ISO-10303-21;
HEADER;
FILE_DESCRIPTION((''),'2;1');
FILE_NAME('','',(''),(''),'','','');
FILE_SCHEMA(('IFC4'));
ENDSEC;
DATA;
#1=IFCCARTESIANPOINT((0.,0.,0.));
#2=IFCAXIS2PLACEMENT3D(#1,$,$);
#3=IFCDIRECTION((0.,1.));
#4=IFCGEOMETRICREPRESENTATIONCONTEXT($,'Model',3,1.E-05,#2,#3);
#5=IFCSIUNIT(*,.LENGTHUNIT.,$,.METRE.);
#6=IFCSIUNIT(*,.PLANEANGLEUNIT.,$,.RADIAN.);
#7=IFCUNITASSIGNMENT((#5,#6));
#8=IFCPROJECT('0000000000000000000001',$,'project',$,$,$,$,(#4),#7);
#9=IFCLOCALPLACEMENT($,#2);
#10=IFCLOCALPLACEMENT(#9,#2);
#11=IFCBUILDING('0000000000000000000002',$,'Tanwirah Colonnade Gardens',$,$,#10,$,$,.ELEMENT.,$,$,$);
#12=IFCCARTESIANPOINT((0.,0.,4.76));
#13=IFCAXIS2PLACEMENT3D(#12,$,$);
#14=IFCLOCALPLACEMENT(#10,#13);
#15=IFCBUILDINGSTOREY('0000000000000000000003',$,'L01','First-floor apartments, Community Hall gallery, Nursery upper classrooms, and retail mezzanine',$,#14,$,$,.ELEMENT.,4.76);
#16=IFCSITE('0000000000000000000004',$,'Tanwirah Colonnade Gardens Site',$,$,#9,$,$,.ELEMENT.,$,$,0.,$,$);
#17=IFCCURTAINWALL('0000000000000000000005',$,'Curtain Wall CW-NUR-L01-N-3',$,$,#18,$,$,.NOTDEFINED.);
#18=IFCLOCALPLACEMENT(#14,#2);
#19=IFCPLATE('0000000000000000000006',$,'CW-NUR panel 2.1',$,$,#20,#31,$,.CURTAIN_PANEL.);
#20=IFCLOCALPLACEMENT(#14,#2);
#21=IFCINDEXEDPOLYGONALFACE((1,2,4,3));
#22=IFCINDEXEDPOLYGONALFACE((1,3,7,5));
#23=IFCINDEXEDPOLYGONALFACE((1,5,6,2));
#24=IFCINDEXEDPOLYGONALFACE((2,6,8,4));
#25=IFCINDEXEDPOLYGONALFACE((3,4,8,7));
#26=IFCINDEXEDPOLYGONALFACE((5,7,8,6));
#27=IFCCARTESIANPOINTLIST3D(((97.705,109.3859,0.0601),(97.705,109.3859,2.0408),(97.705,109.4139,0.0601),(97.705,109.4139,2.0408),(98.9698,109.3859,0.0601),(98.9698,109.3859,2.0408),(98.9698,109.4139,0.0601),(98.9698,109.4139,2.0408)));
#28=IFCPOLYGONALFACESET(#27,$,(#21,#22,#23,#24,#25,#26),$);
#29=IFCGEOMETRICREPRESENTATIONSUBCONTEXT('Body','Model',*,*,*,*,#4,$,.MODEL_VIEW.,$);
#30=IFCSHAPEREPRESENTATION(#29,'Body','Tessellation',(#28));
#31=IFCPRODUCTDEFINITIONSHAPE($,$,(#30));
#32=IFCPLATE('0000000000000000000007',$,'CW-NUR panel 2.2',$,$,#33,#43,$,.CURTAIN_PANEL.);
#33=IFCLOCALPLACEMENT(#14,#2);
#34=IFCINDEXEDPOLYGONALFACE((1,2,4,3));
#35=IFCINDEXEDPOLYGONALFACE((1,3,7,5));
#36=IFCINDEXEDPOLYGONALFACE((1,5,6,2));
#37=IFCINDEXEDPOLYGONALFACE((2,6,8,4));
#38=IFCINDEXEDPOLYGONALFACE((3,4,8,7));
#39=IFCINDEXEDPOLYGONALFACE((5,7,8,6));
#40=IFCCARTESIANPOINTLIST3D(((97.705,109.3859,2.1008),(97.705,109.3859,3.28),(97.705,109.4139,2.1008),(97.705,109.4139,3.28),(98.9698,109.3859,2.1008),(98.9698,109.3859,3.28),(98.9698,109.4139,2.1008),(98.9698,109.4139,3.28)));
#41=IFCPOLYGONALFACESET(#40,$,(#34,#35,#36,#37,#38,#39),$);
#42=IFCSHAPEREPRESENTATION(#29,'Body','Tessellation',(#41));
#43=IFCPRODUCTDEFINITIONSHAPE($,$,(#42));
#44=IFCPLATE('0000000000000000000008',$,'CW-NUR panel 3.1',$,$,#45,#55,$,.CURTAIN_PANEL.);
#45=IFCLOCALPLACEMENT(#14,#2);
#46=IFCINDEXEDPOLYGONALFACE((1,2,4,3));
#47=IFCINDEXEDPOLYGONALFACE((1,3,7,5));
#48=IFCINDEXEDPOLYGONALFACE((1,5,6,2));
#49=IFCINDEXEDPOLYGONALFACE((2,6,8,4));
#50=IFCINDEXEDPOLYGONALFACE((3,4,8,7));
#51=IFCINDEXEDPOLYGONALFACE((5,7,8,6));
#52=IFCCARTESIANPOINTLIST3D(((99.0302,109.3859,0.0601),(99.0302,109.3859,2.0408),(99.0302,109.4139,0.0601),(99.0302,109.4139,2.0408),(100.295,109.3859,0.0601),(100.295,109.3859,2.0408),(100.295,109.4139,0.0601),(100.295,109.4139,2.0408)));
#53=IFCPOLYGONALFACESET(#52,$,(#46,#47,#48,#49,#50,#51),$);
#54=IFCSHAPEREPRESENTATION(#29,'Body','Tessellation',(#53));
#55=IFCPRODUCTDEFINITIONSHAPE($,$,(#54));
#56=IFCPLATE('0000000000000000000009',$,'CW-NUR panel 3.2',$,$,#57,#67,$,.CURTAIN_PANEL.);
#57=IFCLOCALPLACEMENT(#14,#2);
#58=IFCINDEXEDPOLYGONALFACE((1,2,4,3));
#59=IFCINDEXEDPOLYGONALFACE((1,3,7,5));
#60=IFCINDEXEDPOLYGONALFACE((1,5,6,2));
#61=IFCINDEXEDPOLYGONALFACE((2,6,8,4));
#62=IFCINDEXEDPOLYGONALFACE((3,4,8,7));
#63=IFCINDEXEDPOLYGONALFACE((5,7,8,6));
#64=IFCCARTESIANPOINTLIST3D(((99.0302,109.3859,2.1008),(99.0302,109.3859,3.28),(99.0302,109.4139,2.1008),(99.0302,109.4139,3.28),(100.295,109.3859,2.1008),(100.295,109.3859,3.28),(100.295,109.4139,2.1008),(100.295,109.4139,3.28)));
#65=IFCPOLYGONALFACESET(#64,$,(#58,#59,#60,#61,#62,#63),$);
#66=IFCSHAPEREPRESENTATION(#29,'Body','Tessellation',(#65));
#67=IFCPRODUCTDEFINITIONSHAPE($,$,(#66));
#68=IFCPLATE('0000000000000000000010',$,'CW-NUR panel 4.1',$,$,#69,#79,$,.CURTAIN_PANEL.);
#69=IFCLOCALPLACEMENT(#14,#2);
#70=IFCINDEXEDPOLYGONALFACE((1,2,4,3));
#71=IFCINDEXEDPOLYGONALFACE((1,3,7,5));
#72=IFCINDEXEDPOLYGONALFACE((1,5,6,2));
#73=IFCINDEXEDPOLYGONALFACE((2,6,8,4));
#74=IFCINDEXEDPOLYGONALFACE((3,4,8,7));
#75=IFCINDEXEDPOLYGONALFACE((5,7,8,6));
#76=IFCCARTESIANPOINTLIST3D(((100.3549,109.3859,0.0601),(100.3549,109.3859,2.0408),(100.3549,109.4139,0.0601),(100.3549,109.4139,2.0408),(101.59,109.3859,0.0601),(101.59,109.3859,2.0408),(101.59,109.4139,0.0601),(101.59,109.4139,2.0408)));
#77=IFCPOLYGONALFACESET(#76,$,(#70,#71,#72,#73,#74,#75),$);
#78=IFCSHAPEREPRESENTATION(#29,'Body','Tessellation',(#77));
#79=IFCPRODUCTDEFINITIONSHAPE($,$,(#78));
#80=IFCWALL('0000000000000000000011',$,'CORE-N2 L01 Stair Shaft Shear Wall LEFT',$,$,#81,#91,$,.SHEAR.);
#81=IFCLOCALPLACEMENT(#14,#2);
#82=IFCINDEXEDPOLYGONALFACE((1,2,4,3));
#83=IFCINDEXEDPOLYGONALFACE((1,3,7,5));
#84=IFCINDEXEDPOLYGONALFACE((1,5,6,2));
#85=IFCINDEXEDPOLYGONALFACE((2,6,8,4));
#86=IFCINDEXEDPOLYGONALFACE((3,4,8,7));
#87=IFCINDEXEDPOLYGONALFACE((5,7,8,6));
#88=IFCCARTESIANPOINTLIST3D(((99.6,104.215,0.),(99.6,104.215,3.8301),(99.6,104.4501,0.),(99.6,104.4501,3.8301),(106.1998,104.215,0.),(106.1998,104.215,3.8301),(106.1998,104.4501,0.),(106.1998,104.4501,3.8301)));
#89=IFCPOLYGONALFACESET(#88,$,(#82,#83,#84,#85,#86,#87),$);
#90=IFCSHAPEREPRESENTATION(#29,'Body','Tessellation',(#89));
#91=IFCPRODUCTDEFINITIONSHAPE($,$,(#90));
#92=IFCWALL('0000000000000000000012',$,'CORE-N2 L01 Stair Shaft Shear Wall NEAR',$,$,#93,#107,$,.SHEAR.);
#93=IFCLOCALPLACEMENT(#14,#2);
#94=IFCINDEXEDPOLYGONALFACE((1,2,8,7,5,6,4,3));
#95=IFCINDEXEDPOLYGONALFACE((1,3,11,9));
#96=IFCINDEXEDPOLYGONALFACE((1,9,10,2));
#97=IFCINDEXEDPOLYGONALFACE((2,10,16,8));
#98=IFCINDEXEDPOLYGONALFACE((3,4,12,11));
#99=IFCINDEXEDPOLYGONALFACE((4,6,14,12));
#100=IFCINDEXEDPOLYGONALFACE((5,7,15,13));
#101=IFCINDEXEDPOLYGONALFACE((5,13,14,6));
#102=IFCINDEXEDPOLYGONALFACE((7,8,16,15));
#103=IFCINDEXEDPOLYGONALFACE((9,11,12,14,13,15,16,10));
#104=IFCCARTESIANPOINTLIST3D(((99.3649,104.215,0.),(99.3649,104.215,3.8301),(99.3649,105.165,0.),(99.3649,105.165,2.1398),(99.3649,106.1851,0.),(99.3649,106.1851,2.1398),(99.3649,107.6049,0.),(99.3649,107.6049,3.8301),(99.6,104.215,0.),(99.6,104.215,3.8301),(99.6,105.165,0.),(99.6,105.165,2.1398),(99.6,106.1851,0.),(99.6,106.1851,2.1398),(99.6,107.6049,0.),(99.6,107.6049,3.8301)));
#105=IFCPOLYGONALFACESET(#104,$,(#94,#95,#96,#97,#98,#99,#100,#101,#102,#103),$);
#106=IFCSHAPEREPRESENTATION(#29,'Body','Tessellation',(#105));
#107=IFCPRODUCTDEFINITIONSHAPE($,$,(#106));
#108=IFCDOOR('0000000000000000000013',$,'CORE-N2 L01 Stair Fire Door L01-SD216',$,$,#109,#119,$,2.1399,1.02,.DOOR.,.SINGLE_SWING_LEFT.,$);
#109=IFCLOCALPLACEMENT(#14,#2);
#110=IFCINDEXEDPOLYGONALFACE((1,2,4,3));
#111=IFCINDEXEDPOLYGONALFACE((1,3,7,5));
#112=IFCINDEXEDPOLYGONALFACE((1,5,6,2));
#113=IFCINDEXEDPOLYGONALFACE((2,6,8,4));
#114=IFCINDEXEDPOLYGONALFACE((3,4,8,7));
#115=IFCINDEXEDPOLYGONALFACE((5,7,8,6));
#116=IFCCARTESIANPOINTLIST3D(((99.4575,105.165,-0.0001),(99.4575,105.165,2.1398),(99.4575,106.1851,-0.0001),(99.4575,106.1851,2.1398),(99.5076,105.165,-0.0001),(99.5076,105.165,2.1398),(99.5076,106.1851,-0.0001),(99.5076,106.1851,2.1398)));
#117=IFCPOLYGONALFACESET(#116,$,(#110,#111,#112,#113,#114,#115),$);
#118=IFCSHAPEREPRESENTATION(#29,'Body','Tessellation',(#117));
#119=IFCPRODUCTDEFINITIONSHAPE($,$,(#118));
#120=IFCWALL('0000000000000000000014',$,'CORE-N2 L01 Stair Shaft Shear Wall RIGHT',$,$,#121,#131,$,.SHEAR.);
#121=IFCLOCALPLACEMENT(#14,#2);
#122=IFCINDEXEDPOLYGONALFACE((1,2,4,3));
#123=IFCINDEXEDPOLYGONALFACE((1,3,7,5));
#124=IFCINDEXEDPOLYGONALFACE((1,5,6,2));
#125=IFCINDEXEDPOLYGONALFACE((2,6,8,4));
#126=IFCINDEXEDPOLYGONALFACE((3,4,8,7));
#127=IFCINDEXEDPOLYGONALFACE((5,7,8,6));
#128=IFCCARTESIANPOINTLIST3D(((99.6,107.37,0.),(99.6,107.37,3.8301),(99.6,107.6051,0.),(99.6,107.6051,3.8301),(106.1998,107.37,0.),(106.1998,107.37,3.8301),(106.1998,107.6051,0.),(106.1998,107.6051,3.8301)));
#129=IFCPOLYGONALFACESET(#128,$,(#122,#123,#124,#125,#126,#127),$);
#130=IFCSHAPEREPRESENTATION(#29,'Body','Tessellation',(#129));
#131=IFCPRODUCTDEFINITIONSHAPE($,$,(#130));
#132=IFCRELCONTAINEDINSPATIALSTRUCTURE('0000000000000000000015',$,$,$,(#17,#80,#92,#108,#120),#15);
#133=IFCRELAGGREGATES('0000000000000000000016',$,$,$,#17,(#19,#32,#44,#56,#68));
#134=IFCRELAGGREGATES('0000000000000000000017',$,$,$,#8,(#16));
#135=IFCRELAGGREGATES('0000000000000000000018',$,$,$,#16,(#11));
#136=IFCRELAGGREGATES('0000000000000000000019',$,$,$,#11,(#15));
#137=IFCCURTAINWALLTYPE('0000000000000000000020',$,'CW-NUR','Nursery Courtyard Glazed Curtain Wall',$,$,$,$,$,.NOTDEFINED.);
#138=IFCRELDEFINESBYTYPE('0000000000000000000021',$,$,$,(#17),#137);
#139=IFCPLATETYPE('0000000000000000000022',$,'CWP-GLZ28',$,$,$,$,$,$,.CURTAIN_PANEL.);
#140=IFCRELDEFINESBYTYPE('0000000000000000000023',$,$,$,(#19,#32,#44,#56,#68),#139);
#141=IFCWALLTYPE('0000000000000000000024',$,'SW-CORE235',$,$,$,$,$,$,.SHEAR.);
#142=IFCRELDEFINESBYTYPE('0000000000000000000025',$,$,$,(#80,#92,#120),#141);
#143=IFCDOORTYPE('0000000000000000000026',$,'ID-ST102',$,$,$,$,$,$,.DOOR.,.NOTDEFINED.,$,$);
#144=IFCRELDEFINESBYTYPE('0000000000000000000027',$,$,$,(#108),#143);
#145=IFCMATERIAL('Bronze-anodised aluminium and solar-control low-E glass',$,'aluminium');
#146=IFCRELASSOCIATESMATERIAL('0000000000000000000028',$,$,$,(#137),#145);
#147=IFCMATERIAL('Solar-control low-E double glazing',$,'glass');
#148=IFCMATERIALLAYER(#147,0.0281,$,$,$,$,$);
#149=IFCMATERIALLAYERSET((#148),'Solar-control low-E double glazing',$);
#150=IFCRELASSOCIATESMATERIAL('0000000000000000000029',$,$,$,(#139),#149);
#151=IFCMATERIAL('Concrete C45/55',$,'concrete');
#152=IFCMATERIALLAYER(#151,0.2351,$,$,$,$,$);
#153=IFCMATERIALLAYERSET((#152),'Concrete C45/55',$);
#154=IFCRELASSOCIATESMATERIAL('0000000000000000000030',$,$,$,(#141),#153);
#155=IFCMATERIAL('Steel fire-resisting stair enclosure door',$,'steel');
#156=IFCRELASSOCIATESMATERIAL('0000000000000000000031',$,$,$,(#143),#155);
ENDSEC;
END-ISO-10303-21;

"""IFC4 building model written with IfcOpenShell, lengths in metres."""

from ifc_helpers import new_model, si_unit, direction, frame, frame_2d, origin, origin_2d, place, context, subcontext, project, spatial, rectangle, extrude, material, layer, layer_set, type_object, element, fill, aggregate, save


model = new_model("IFC4")

# Units and contexts
model_context = context("Model", 3, precision=1e-05, world=origin(), true_north=direction((0.0, 1.0)))
body_context = subcontext(model_context, "Body", "Model", "MODEL_VIEW")
ifc_project = project(units=[si_unit("LENGTHUNIT", "METRE"), si_unit("PLANEANGLEUNIT", "RADIAN")], contexts=[model_context])

# Site, building, storey
site_placement = place(None, origin())
site = spatial("IfcSite", under=ifc_project, at=site_placement, Name="Tanwirah Colonnade Gardens Site", CompositionType="ELEMENT", RefElevation=0.0)
building_placement = place(site_placement, origin())
building = spatial("IfcBuilding", under=site, at=building_placement, Name="Tanwirah Colonnade Gardens", CompositionType="ELEMENT")
storey_placement = place(building_placement, frame((0.0, 0.0, 4.76)))
storey = spatial("IfcBuildingStorey", under=building, at=storey_placement, Name="L01", Description="First-floor apartments, Community Hall gallery, Nursery upper classrooms, and retail mezzanine", CompositionType="ELEMENT", Elevation=4.76)

# Curtain wall, plates
ifc_material_1 = material(Name="Bronze-anodised aluminium and solar-control low-E glass", Category="aluminium")
curtain_wall_type = type_object("IfcCurtainWallType", Name="CW-NUR", Description="Nursery Courtyard Glazed Curtain Wall", PredefinedType="NOTDEFINED", material=ifc_material_1)
curtain_wall_placement = place(storey_placement, origin())
curtain_wall = element("IfcCurtainWall", 1, at=curtain_wall_placement, inside=storey, type_object=curtain_wall_type, Name="Curtain Wall CW-NUR-L01-N-3", PredefinedType="NOTDEFINED")
ifc_material_2 = material(Name="Solar-control low-E double glazing", Category="glass")
ifc_layer_1 = layer(ifc_material_2, 0.0281)
ifc_layer_set_1 = layer_set([ifc_layer_1], Name="Solar-control low-E double glazing")
plate_type = type_object("IfcPlateType", Name="CWP-GLZ28", PredefinedType="CURTAIN_PANEL", material=ifc_layer_set_1)
plate_1_placement = place(storey_placement, frame((98.3374, 109.3999, 0.0601), z_axis=(0.0, 0.0, 1.0), x_axis=(1.0, 0.0, 0.0)))
plate_1 = element("IfcPlate", 2, at=plate_1_placement, type_object=plate_type, Name="CW-NUR panel 2.1", PredefinedType="CURTAIN_PANEL", context=body_context, shape_type="SweptSolid", body=[
    extrude(rectangle(XDim=1.2649, YDim=0.0281, at=origin_2d()), origin(), (0.0, 0.0, 1.0), 1.9807),
])
plate_2_placement = place(storey_placement, frame((98.3374, 109.3999, 2.1008), z_axis=(0.0, 0.0, 1.0), x_axis=(1.0, 0.0, 0.0)))
plate_2 = element("IfcPlate", 3, at=plate_2_placement, type_object=plate_type, Name="CW-NUR panel 2.2", PredefinedType="CURTAIN_PANEL", context=body_context, shape_type="SweptSolid", body=[
    extrude(rectangle(XDim=1.2649, YDim=0.0281, at=origin_2d()), origin(), (0.0, 0.0, 1.0), 1.1792),
])
plate_3_placement = place(storey_placement, frame((99.6626, 109.3999, 0.0601), z_axis=(0.0, 0.0, 1.0), x_axis=(1.0, 0.0, 0.0)))
plate_3 = element("IfcPlate", 4, at=plate_3_placement, type_object=plate_type, Name="CW-NUR panel 3.1", PredefinedType="CURTAIN_PANEL", context=body_context, shape_type="SweptSolid", body=[
    extrude(rectangle(XDim=1.2649, YDim=0.0281, at=origin_2d()), origin(), (0.0, 0.0, 1.0), 1.9807),
])
plate_4_placement = place(storey_placement, frame((99.6626, 109.3999, 2.1008), z_axis=(0.0, 0.0, 1.0), x_axis=(1.0, 0.0, 0.0)))
plate_4 = element("IfcPlate", 5, at=plate_4_placement, type_object=plate_type, Name="CW-NUR panel 3.2", PredefinedType="CURTAIN_PANEL", context=body_context, shape_type="SweptSolid", body=[
    extrude(rectangle(XDim=1.2649, YDim=0.0281, at=origin_2d()), origin(), (0.0, 0.0, 1.0), 1.1792),
])
plate_5_placement = place(storey_placement, frame((100.9724, 109.3999, 0.0601), z_axis=(0.0, 0.0, 1.0), x_axis=(1.0, 0.0, 0.0)))
plate_5 = element("IfcPlate", 6, at=plate_5_placement, type_object=plate_type, Name="CW-NUR panel 4.1", PredefinedType="CURTAIN_PANEL", context=body_context, shape_type="SweptSolid", body=[
    extrude(rectangle(XDim=1.2351, YDim=0.0281, at=origin_2d()), origin(), (0.0, 0.0, 1.0), 1.9807),
])
aggregate(curtain_wall, [plate_1, plate_2, plate_3, plate_4, plate_5])

# Wall
ifc_material_3 = material(Name="Concrete C45/55", Category="concrete")
ifc_layer_2 = layer(ifc_material_3, 0.2351)
ifc_layer_set_2 = layer_set([ifc_layer_2], Name="Concrete C45/55")
wall_type = type_object("IfcWallType", Name="SW-CORE235", PredefinedType="SHEAR", material=ifc_layer_set_2)
wall_1_placement = place(storey_placement, frame((99.6001, 104.3325, 0.0), z_axis=(0.0, 0.0, 1.0), x_axis=(1.0, 0.0, 0.0)))
element("IfcWall", 7, at=wall_1_placement, inside=storey, type_object=wall_type, Name="CORE-N2 L01 Stair Shaft Shear Wall LEFT", PredefinedType="SHEAR", context=body_context, shape_type="SweptSolid", body=[
    extrude(rectangle(XDim=6.5999, YDim=0.2351, at=frame_2d((3.2998, 0.0))), origin(), (0.0, 0.0, 1.0), 3.8301),
])

# Wall, opening, door
wall_2_placement = place(storey_placement, frame((99.4824, 104.2151, 0.0), z_axis=(0.0, 0.0, 1.0), x_axis=(0.0, 1.0, 0.0)))
wall_2 = element("IfcWall", 8, at=wall_2_placement, inside=storey, type_object=wall_type, Name="CORE-N2 L01 Stair Shaft Shear Wall NEAR", PredefinedType="SHEAR", context=body_context, shape_type="SweptSolid", body=[
    extrude(rectangle(XDim=3.3899, YDim=0.2351, at=frame_2d((1.6948, 0.0))), origin(), (0.0, 0.0, 1.0), 3.8301),
])
opening_placement = place(wall_2_placement, frame((0.95, 0.0, 0.0)))
opening = element("IfcOpeningElement", 9, at=opening_placement, cuts=wall_2, PredefinedType="OPENING", context=body_context, shape_type="SweptSolid", body=[
    extrude(rectangle(XDim=1.02, YDim=2.1399, at=frame_2d((0.51, 1.0698))), frame((0.0, 0.1274, 0.0), z_axis=(0.0, -1.0, 0.0), x_axis=(1.0, 0.0, 0.0)), (0.0, 0.0, 1.0), 0.2551),
])
ifc_material_4 = material(Name="Steel fire-resisting stair enclosure door", Category="steel")
door_type = type_object("IfcDoorType", Name="ID-ST102", OperationType="NOTDEFINED", PredefinedType="DOOR", material=ifc_material_4)
door_placement = place(opening_placement, origin())
door = element("IfcDoor", 10, at=door_placement, inside=storey, type_object=door_type, Name="CORE-N2 L01 Stair Fire Door L01-SD216", OperationType="SINGLE_SWING_LEFT", OverallHeight=2.1399, OverallWidth=1.02, PredefinedType="DOOR", context=body_context, shape_type="SweptSolid", body=[
    extrude(rectangle(XDim=1.02, YDim=2.1399, at=frame_2d((0.51, 1.0698))), frame((0.0, 0.0249, 0.0), z_axis=(0.0, -1.0, 0.0), x_axis=(1.0, 0.0, 0.0)), (0.0, 0.0, 1.0), 0.05),
])
fill(opening, door)

# Wall
wall_3_placement = place(storey_placement, frame((99.6001, 107.4875, 0.0), z_axis=(0.0, 0.0, 1.0), x_axis=(1.0, 0.0, 0.0)))
element("IfcWall", 11, at=wall_3_placement, inside=storey, type_object=wall_type, Name="CORE-N2 L01 Stair Shaft Shear Wall RIGHT", PredefinedType="SHEAR", context=body_context, shape_type="SweptSolid", body=[
    extrude(rectangle(XDim=6.5999, YDim=0.2351, at=frame_2d((3.2998, 0.0))), origin(), (0.0, 0.0, 1.0), 3.8301),
])

save(model, "model.ifc")
